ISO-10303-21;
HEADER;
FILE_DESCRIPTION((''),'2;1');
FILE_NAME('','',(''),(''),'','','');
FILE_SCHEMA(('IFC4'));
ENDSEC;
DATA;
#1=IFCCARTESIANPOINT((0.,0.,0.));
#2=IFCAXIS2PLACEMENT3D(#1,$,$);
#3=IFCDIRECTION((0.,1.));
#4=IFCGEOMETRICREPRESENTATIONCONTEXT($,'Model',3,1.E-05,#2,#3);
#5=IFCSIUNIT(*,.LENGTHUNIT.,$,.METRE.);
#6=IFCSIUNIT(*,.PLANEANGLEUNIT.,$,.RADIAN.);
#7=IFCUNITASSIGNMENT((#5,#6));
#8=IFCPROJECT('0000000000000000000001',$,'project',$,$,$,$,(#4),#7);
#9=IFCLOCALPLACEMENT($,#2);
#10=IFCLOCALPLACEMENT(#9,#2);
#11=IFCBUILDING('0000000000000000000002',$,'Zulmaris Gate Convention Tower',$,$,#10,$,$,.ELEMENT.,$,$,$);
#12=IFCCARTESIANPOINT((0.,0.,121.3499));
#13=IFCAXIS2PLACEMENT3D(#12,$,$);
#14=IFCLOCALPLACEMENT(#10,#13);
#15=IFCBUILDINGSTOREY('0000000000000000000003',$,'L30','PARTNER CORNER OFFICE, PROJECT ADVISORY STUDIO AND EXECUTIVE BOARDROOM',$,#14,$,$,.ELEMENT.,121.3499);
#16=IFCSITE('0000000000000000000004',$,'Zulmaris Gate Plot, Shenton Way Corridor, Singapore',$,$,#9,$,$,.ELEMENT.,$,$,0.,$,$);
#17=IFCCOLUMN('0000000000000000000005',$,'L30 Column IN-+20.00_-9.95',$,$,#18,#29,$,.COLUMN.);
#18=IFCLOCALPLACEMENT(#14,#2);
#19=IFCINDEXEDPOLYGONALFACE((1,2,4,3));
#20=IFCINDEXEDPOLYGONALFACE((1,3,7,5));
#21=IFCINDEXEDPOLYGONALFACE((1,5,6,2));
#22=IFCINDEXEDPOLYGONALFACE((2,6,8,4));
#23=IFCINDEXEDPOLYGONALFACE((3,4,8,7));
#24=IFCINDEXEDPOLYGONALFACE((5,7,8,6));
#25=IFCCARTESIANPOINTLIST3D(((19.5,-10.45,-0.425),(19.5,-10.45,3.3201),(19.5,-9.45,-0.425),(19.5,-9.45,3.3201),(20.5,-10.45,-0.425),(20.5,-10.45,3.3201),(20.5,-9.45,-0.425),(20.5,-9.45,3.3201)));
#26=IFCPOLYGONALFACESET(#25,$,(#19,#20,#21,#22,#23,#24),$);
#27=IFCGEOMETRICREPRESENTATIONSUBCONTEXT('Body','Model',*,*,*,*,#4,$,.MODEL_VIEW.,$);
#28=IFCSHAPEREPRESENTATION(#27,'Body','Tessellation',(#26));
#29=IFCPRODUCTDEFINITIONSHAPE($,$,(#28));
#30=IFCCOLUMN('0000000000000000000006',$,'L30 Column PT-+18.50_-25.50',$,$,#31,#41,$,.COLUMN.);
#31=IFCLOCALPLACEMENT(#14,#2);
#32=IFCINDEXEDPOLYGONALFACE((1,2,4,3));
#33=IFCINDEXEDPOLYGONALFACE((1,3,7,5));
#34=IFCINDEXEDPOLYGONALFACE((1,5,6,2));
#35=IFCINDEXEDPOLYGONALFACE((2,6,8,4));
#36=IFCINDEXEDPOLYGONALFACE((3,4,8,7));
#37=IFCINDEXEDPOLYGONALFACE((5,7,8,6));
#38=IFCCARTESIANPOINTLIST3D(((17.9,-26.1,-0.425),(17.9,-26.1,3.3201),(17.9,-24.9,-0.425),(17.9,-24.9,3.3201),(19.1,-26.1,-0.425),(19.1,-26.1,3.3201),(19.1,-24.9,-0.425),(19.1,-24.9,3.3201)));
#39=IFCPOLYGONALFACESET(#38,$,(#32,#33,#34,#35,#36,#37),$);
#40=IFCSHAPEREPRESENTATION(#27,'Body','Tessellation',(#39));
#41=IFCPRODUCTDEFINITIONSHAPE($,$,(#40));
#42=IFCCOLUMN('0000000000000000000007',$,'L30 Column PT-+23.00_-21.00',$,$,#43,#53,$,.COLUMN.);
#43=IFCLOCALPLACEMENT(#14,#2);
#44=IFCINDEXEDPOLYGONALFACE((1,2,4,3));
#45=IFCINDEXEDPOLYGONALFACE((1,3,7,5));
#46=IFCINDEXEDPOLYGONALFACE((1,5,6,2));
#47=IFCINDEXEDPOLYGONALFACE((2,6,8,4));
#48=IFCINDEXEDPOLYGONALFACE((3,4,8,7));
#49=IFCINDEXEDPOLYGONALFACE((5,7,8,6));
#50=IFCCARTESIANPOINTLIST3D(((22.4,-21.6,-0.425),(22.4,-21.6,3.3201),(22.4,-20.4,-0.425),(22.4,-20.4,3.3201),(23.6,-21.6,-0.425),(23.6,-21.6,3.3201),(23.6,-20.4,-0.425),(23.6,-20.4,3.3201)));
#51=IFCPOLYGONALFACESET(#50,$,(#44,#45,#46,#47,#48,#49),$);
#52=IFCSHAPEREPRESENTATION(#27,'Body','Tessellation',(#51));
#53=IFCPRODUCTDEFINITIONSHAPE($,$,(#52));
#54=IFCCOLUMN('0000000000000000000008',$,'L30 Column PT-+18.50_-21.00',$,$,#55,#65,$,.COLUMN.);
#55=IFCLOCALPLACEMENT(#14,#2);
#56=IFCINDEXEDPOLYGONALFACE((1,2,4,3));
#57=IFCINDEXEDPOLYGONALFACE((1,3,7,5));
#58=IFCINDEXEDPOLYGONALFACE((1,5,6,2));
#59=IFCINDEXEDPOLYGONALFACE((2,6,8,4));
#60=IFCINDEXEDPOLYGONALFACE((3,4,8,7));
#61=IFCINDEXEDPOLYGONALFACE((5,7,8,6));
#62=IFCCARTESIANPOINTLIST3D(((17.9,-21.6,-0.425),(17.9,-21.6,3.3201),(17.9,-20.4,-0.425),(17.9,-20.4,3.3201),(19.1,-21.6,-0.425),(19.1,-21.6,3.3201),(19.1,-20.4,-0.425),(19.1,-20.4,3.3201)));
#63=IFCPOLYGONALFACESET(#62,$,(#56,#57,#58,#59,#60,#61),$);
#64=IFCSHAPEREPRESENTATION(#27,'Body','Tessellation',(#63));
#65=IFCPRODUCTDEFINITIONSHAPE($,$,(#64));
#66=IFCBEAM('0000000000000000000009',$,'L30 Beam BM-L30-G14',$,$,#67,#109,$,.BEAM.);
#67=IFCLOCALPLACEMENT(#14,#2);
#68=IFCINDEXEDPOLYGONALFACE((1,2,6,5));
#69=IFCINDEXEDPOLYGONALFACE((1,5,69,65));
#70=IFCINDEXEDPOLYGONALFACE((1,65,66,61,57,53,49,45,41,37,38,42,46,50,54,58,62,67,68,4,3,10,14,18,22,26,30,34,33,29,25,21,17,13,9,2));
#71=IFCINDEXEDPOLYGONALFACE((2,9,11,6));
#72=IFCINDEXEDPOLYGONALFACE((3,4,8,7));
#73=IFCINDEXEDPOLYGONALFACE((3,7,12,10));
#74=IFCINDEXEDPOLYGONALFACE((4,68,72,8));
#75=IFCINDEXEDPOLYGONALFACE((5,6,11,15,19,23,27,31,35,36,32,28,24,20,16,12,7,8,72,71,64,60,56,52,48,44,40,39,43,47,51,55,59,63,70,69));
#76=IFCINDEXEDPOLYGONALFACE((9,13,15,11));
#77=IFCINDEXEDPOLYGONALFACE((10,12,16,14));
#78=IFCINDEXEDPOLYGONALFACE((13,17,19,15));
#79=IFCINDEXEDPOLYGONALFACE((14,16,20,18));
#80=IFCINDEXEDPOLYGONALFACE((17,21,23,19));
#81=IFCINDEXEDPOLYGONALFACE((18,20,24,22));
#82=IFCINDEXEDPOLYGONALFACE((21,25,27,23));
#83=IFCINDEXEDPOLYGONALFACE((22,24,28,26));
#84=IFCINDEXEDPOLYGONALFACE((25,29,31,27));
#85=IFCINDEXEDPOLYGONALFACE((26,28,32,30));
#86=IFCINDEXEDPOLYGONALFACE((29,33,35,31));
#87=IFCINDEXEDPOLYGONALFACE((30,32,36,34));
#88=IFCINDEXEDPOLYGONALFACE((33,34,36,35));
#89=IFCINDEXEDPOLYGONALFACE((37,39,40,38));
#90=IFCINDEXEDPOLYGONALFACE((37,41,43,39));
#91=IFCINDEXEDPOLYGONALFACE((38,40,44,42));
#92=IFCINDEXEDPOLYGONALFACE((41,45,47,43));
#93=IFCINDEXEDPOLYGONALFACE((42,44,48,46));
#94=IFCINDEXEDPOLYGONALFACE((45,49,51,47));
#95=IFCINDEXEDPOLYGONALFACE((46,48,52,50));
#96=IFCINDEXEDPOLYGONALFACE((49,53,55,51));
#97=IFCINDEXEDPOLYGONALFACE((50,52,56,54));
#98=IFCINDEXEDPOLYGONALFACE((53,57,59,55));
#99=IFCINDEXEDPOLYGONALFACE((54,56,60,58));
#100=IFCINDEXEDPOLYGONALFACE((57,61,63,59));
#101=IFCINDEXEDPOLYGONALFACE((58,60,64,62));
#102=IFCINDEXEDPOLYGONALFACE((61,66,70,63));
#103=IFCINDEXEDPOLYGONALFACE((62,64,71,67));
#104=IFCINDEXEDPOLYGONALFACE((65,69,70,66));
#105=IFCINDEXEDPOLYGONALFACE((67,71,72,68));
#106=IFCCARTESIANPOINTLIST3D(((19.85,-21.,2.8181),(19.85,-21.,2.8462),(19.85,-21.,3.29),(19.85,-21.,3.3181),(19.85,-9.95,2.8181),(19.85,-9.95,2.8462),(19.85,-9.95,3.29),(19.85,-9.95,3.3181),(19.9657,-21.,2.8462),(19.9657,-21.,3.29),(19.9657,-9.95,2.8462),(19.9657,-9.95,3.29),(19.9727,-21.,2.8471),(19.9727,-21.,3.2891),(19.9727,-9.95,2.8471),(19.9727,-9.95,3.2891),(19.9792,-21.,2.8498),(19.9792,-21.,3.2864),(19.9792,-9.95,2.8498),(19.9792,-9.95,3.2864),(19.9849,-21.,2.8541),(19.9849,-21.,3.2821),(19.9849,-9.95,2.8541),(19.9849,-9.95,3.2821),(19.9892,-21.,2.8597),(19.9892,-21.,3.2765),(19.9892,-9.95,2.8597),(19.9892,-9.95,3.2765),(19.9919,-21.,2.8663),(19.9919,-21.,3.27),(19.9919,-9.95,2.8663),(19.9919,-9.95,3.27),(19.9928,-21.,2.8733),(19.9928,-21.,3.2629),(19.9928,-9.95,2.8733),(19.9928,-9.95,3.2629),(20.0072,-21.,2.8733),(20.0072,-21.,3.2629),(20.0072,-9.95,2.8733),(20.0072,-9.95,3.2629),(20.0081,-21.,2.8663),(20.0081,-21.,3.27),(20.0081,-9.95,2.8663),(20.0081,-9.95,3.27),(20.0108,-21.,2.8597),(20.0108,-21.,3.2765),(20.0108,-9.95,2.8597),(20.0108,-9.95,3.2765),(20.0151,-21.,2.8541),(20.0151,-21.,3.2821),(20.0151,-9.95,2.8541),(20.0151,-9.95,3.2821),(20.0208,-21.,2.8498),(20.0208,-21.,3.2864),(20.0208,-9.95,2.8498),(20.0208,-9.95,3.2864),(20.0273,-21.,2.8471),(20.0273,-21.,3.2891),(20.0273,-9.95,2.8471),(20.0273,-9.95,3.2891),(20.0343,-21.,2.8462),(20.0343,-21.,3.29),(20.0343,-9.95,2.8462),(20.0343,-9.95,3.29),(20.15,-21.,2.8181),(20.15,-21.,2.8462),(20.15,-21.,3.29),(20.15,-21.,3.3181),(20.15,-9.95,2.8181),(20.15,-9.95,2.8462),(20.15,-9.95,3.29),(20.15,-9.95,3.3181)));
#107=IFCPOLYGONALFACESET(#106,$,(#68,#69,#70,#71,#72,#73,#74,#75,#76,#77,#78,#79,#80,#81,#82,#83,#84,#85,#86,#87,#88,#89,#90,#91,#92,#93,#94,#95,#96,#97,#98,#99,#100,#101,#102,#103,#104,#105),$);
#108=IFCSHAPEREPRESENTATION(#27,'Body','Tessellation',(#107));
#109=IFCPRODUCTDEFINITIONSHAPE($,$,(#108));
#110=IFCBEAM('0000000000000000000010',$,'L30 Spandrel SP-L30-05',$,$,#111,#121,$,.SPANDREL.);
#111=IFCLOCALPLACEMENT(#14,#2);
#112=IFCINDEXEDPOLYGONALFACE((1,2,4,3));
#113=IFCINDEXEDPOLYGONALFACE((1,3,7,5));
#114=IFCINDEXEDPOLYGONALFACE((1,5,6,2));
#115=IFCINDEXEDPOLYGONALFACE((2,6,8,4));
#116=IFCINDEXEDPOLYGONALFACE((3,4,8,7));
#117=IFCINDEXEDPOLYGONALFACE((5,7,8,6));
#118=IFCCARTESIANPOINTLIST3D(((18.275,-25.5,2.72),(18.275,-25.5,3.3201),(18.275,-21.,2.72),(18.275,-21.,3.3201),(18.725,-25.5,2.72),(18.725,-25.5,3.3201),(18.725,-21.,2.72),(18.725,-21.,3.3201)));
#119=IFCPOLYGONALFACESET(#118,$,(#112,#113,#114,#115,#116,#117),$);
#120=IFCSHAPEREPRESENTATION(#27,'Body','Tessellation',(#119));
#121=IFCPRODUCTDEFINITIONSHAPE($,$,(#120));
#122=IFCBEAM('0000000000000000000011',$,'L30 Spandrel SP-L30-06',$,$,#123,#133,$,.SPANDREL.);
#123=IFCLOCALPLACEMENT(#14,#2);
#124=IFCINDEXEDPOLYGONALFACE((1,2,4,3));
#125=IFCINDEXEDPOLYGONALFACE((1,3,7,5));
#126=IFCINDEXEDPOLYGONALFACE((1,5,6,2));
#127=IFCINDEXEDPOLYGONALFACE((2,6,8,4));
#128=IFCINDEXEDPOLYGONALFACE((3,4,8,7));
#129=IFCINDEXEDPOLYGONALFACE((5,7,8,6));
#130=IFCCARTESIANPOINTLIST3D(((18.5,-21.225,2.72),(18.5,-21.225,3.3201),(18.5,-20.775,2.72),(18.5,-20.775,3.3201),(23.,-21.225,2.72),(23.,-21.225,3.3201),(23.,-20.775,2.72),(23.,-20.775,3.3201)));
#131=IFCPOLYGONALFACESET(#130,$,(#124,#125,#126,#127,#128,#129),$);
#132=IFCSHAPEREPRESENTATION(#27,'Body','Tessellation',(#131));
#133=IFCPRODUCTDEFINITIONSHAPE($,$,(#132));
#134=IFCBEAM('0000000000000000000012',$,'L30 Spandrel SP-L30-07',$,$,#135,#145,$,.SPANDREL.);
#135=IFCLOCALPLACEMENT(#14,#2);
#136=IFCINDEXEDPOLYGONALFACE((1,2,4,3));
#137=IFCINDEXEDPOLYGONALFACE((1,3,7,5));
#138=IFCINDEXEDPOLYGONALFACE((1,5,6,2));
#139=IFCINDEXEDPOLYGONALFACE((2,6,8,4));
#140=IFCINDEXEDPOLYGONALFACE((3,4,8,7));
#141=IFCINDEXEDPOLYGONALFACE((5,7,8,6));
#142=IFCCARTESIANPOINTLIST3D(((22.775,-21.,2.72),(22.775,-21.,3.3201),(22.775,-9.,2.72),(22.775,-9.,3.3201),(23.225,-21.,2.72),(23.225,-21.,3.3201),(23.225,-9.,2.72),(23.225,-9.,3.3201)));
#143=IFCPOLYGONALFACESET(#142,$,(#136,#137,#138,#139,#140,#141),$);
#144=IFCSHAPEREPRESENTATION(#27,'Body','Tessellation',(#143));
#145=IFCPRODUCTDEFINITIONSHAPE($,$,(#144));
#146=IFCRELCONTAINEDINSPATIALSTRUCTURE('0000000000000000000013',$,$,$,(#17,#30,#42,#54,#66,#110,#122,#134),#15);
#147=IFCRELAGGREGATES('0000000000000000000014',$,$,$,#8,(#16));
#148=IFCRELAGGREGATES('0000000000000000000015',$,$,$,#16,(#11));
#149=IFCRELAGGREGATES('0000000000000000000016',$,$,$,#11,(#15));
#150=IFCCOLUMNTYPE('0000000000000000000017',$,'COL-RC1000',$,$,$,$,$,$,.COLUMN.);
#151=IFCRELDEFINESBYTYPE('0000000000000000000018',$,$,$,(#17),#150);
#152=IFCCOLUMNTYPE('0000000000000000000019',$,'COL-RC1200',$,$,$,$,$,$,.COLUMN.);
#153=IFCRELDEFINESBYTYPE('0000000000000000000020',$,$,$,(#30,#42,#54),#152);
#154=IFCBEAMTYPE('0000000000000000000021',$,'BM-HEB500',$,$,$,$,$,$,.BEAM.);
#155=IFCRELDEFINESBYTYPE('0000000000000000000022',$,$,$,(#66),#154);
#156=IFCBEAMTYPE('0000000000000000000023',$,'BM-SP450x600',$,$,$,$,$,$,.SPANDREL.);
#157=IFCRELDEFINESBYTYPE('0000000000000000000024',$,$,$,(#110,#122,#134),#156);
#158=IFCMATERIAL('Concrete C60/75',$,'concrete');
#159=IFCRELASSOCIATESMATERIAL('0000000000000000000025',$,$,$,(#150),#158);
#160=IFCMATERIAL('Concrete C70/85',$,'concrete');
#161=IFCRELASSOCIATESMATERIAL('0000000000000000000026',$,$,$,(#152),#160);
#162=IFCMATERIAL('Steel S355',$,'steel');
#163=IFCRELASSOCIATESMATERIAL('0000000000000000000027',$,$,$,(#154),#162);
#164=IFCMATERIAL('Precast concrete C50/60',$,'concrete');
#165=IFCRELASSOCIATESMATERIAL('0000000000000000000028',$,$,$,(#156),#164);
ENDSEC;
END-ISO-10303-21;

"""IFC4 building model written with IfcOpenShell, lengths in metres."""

from ifc_helpers import new_model, si_unit, direction, frame, origin, origin_2d, place, context, subcontext, project, spatial, rectangle, i_section, extrude, material, material_profile, profile_set, type_object, element, save


model = new_model("IFC4")

# Units and contexts
model_context = context("Model", 3, precision=1e-05, world=origin(), true_north=direction((0.0, 1.0)))
body_context = subcontext(model_context, "Body", "Model", "MODEL_VIEW")
ifc_project = project(units=[si_unit("LENGTHUNIT", "METRE"), si_unit("PLANEANGLEUNIT", "RADIAN")], contexts=[model_context])

# Site, building, storey
site_placement = place(None, origin())
site = spatial("IfcSite", under=ifc_project, at=site_placement, Name="Zulmaris Gate Plot, Shenton Way Corridor, Singapore", CompositionType="ELEMENT", RefElevation=0.0)
building_placement = place(site_placement, origin())
building = spatial("IfcBuilding", under=site, at=building_placement, Name="Zulmaris Gate Convention Tower", CompositionType="ELEMENT")
storey_placement = place(building_placement, frame((0.0, 0.0, 121.3499)))
storey = spatial("IfcBuildingStorey", under=building, at=storey_placement, Name="L30", Description="PARTNER CORNER OFFICE, PROJECT ADVISORY STUDIO AND EXECUTIVE BOARDROOM", CompositionType="ELEMENT", Elevation=121.3499)

# Columns
ifc_material_1 = material(Name="Concrete C60/75", Category="concrete")
ifc_material_profile_1 = material_profile(ifc_material_1, rectangle(XDim=1.0, YDim=1.0, at=origin_2d()), Name="RC COL 1000x1000")
ifc_profile_set_1 = profile_set([ifc_material_profile_1], Name="Concrete C60/75")
column_type_1 = type_object("IfcColumnType", Name="COL-RC1000", PredefinedType="COLUMN", material=ifc_profile_set_1)
column_placement = place(storey_placement, frame((20.0, -9.95, -0.425), z_axis=(0.0, 0.0, 1.0), x_axis=(1.0, 0.0, 0.0)))
element("IfcColumn", 1, at=column_placement, inside=storey, type_object=column_type_1, Name="L30 Column IN-+20.00_-9.95", PredefinedType="COLUMN", context=body_context, shape_type="SweptSolid", body=[
    extrude(rectangle(XDim=1.0, YDim=1.0, at=origin_2d()), origin(), (0.0, 0.0, 1.0), 3.7451),
])
ifc_material_2 = material(Name="Concrete C70/85", Category="concrete")
ifc_material_profile_2 = material_profile(ifc_material_2, rectangle(XDim=1.2, YDim=1.2, at=origin_2d()), Name="RC COL 1200x1200")
ifc_profile_set_2 = profile_set([ifc_material_profile_2], Name="Concrete C70/85")
column_type_2 = type_object("IfcColumnType", Name="COL-RC1200", PredefinedType="COLUMN", material=ifc_profile_set_2)
for number, where, z_axis, x_axis, name in (
    (2, (18.5, -25.5, -0.425), (0.0, 0.0, 1.0), (1.0, 0.0, 0.0), "L30 Column PT-+18.50_-25.50"),
    (3, (23.0, -21.0, -0.425), (0.0, 0.0, 1.0), (1.0, 0.0, 0.0), "L30 Column PT-+23.00_-21.00"),
    (4, (18.5, -21.0, -0.425), (0.0, 0.0, 1.0), (1.0, 0.0, 0.0), "L30 Column PT-+18.50_-21.00"),
):
    element("IfcColumn", number, at=place(storey_placement, frame(where, z_axis=z_axis, x_axis=x_axis)), inside=storey, type_object=column_type_2, Name=name, PredefinedType="COLUMN", context=body_context, shape_type="SweptSolid", body=[
        extrude(rectangle(XDim=1.2, YDim=1.2, at=origin_2d()), origin(), (0.0, 0.0, 1.0), 3.7451),
    ])

# Beams
ifc_material_3 = material(Name="Steel S355", Category="steel")
ifc_material_profile_3 = material_profile(ifc_material_3, i_section(OverallWidth=0.3, OverallDepth=0.5, WebThickness=0.0144, FlangeThickness=0.0281, FilletRadius=0.0271, at=origin_2d()), Name="HEB 500")
ifc_profile_set_3 = profile_set([ifc_material_profile_3], Name="Steel S355")
beam_type_1 = type_object("IfcBeamType", Name="BM-HEB500", PredefinedType="BEAM", material=ifc_profile_set_3)
beam_1_placement = place(storey_placement, frame((20.0, -21.0, 3.0681), z_axis=(0.0, 1.0, 0.0), x_axis=(-1.0, 0.0, 0.0)))
element("IfcBeam", 5, at=beam_1_placement, inside=storey, type_object=beam_type_1, Name="L30 Beam BM-L30-G14", PredefinedType="BEAM", context=body_context, shape_type="SweptSolid", body=[
    extrude(i_section(OverallWidth=0.3, OverallDepth=0.5, WebThickness=0.0144, FlangeThickness=0.0281, FilletRadius=0.0271, at=origin_2d()), origin(), (0.0, 0.0, 1.0), 11.05),
])
ifc_material_4 = material(Name="Precast concrete C50/60", Category="concrete")
ifc_material_profile_4 = material_profile(ifc_material_4, rectangle(XDim=0.45, YDim=0.6001, at=origin_2d()), Name="RC SPANDREL 450x600")
ifc_profile_set_4 = profile_set([ifc_material_profile_4], Name="Precast concrete C50/60")
beam_type_2 = type_object("IfcBeamType", Name="BM-SP450x600", PredefinedType="SPANDREL", material=ifc_profile_set_4)
for number, where, z_axis, x_axis, name in (
    (6, (18.5, -25.5, 3.02), (0.0, 1.0, 0.0), (-1.0, 0.0, 0.0), "L30 Spandrel SP-L30-05"),
    (7, (18.5, -21.0, 3.02), (1.0, 0.0, 0.0), (0.0, 1.0, 0.0), "L30 Spandrel SP-L30-06"),
):
    element("IfcBeam", number, at=place(storey_placement, frame(where, z_axis=z_axis, x_axis=x_axis)), inside=storey, type_object=beam_type_2, Name=name, PredefinedType="SPANDREL", context=body_context, shape_type="SweptSolid", body=[
        extrude(rectangle(XDim=0.45, YDim=0.6001, at=origin_2d()), origin(), (0.0, 0.0, 1.0), 4.5),
    ])
beam_2_placement = place(storey_placement, frame((23.0, -21.0, 3.02), z_axis=(0.0, 1.0, 0.0), x_axis=(-1.0, 0.0, 0.0)))
element("IfcBeam", 8, at=beam_2_placement, inside=storey, type_object=beam_type_2, Name="L30 Spandrel SP-L30-07", PredefinedType="SPANDREL", context=body_context, shape_type="SweptSolid", body=[
    extrude(rectangle(XDim=0.45, YDim=0.6001, at=origin_2d()), origin(), (0.0, 0.0, 1.0), 12.0),
])

save(model, "model.ifc")
